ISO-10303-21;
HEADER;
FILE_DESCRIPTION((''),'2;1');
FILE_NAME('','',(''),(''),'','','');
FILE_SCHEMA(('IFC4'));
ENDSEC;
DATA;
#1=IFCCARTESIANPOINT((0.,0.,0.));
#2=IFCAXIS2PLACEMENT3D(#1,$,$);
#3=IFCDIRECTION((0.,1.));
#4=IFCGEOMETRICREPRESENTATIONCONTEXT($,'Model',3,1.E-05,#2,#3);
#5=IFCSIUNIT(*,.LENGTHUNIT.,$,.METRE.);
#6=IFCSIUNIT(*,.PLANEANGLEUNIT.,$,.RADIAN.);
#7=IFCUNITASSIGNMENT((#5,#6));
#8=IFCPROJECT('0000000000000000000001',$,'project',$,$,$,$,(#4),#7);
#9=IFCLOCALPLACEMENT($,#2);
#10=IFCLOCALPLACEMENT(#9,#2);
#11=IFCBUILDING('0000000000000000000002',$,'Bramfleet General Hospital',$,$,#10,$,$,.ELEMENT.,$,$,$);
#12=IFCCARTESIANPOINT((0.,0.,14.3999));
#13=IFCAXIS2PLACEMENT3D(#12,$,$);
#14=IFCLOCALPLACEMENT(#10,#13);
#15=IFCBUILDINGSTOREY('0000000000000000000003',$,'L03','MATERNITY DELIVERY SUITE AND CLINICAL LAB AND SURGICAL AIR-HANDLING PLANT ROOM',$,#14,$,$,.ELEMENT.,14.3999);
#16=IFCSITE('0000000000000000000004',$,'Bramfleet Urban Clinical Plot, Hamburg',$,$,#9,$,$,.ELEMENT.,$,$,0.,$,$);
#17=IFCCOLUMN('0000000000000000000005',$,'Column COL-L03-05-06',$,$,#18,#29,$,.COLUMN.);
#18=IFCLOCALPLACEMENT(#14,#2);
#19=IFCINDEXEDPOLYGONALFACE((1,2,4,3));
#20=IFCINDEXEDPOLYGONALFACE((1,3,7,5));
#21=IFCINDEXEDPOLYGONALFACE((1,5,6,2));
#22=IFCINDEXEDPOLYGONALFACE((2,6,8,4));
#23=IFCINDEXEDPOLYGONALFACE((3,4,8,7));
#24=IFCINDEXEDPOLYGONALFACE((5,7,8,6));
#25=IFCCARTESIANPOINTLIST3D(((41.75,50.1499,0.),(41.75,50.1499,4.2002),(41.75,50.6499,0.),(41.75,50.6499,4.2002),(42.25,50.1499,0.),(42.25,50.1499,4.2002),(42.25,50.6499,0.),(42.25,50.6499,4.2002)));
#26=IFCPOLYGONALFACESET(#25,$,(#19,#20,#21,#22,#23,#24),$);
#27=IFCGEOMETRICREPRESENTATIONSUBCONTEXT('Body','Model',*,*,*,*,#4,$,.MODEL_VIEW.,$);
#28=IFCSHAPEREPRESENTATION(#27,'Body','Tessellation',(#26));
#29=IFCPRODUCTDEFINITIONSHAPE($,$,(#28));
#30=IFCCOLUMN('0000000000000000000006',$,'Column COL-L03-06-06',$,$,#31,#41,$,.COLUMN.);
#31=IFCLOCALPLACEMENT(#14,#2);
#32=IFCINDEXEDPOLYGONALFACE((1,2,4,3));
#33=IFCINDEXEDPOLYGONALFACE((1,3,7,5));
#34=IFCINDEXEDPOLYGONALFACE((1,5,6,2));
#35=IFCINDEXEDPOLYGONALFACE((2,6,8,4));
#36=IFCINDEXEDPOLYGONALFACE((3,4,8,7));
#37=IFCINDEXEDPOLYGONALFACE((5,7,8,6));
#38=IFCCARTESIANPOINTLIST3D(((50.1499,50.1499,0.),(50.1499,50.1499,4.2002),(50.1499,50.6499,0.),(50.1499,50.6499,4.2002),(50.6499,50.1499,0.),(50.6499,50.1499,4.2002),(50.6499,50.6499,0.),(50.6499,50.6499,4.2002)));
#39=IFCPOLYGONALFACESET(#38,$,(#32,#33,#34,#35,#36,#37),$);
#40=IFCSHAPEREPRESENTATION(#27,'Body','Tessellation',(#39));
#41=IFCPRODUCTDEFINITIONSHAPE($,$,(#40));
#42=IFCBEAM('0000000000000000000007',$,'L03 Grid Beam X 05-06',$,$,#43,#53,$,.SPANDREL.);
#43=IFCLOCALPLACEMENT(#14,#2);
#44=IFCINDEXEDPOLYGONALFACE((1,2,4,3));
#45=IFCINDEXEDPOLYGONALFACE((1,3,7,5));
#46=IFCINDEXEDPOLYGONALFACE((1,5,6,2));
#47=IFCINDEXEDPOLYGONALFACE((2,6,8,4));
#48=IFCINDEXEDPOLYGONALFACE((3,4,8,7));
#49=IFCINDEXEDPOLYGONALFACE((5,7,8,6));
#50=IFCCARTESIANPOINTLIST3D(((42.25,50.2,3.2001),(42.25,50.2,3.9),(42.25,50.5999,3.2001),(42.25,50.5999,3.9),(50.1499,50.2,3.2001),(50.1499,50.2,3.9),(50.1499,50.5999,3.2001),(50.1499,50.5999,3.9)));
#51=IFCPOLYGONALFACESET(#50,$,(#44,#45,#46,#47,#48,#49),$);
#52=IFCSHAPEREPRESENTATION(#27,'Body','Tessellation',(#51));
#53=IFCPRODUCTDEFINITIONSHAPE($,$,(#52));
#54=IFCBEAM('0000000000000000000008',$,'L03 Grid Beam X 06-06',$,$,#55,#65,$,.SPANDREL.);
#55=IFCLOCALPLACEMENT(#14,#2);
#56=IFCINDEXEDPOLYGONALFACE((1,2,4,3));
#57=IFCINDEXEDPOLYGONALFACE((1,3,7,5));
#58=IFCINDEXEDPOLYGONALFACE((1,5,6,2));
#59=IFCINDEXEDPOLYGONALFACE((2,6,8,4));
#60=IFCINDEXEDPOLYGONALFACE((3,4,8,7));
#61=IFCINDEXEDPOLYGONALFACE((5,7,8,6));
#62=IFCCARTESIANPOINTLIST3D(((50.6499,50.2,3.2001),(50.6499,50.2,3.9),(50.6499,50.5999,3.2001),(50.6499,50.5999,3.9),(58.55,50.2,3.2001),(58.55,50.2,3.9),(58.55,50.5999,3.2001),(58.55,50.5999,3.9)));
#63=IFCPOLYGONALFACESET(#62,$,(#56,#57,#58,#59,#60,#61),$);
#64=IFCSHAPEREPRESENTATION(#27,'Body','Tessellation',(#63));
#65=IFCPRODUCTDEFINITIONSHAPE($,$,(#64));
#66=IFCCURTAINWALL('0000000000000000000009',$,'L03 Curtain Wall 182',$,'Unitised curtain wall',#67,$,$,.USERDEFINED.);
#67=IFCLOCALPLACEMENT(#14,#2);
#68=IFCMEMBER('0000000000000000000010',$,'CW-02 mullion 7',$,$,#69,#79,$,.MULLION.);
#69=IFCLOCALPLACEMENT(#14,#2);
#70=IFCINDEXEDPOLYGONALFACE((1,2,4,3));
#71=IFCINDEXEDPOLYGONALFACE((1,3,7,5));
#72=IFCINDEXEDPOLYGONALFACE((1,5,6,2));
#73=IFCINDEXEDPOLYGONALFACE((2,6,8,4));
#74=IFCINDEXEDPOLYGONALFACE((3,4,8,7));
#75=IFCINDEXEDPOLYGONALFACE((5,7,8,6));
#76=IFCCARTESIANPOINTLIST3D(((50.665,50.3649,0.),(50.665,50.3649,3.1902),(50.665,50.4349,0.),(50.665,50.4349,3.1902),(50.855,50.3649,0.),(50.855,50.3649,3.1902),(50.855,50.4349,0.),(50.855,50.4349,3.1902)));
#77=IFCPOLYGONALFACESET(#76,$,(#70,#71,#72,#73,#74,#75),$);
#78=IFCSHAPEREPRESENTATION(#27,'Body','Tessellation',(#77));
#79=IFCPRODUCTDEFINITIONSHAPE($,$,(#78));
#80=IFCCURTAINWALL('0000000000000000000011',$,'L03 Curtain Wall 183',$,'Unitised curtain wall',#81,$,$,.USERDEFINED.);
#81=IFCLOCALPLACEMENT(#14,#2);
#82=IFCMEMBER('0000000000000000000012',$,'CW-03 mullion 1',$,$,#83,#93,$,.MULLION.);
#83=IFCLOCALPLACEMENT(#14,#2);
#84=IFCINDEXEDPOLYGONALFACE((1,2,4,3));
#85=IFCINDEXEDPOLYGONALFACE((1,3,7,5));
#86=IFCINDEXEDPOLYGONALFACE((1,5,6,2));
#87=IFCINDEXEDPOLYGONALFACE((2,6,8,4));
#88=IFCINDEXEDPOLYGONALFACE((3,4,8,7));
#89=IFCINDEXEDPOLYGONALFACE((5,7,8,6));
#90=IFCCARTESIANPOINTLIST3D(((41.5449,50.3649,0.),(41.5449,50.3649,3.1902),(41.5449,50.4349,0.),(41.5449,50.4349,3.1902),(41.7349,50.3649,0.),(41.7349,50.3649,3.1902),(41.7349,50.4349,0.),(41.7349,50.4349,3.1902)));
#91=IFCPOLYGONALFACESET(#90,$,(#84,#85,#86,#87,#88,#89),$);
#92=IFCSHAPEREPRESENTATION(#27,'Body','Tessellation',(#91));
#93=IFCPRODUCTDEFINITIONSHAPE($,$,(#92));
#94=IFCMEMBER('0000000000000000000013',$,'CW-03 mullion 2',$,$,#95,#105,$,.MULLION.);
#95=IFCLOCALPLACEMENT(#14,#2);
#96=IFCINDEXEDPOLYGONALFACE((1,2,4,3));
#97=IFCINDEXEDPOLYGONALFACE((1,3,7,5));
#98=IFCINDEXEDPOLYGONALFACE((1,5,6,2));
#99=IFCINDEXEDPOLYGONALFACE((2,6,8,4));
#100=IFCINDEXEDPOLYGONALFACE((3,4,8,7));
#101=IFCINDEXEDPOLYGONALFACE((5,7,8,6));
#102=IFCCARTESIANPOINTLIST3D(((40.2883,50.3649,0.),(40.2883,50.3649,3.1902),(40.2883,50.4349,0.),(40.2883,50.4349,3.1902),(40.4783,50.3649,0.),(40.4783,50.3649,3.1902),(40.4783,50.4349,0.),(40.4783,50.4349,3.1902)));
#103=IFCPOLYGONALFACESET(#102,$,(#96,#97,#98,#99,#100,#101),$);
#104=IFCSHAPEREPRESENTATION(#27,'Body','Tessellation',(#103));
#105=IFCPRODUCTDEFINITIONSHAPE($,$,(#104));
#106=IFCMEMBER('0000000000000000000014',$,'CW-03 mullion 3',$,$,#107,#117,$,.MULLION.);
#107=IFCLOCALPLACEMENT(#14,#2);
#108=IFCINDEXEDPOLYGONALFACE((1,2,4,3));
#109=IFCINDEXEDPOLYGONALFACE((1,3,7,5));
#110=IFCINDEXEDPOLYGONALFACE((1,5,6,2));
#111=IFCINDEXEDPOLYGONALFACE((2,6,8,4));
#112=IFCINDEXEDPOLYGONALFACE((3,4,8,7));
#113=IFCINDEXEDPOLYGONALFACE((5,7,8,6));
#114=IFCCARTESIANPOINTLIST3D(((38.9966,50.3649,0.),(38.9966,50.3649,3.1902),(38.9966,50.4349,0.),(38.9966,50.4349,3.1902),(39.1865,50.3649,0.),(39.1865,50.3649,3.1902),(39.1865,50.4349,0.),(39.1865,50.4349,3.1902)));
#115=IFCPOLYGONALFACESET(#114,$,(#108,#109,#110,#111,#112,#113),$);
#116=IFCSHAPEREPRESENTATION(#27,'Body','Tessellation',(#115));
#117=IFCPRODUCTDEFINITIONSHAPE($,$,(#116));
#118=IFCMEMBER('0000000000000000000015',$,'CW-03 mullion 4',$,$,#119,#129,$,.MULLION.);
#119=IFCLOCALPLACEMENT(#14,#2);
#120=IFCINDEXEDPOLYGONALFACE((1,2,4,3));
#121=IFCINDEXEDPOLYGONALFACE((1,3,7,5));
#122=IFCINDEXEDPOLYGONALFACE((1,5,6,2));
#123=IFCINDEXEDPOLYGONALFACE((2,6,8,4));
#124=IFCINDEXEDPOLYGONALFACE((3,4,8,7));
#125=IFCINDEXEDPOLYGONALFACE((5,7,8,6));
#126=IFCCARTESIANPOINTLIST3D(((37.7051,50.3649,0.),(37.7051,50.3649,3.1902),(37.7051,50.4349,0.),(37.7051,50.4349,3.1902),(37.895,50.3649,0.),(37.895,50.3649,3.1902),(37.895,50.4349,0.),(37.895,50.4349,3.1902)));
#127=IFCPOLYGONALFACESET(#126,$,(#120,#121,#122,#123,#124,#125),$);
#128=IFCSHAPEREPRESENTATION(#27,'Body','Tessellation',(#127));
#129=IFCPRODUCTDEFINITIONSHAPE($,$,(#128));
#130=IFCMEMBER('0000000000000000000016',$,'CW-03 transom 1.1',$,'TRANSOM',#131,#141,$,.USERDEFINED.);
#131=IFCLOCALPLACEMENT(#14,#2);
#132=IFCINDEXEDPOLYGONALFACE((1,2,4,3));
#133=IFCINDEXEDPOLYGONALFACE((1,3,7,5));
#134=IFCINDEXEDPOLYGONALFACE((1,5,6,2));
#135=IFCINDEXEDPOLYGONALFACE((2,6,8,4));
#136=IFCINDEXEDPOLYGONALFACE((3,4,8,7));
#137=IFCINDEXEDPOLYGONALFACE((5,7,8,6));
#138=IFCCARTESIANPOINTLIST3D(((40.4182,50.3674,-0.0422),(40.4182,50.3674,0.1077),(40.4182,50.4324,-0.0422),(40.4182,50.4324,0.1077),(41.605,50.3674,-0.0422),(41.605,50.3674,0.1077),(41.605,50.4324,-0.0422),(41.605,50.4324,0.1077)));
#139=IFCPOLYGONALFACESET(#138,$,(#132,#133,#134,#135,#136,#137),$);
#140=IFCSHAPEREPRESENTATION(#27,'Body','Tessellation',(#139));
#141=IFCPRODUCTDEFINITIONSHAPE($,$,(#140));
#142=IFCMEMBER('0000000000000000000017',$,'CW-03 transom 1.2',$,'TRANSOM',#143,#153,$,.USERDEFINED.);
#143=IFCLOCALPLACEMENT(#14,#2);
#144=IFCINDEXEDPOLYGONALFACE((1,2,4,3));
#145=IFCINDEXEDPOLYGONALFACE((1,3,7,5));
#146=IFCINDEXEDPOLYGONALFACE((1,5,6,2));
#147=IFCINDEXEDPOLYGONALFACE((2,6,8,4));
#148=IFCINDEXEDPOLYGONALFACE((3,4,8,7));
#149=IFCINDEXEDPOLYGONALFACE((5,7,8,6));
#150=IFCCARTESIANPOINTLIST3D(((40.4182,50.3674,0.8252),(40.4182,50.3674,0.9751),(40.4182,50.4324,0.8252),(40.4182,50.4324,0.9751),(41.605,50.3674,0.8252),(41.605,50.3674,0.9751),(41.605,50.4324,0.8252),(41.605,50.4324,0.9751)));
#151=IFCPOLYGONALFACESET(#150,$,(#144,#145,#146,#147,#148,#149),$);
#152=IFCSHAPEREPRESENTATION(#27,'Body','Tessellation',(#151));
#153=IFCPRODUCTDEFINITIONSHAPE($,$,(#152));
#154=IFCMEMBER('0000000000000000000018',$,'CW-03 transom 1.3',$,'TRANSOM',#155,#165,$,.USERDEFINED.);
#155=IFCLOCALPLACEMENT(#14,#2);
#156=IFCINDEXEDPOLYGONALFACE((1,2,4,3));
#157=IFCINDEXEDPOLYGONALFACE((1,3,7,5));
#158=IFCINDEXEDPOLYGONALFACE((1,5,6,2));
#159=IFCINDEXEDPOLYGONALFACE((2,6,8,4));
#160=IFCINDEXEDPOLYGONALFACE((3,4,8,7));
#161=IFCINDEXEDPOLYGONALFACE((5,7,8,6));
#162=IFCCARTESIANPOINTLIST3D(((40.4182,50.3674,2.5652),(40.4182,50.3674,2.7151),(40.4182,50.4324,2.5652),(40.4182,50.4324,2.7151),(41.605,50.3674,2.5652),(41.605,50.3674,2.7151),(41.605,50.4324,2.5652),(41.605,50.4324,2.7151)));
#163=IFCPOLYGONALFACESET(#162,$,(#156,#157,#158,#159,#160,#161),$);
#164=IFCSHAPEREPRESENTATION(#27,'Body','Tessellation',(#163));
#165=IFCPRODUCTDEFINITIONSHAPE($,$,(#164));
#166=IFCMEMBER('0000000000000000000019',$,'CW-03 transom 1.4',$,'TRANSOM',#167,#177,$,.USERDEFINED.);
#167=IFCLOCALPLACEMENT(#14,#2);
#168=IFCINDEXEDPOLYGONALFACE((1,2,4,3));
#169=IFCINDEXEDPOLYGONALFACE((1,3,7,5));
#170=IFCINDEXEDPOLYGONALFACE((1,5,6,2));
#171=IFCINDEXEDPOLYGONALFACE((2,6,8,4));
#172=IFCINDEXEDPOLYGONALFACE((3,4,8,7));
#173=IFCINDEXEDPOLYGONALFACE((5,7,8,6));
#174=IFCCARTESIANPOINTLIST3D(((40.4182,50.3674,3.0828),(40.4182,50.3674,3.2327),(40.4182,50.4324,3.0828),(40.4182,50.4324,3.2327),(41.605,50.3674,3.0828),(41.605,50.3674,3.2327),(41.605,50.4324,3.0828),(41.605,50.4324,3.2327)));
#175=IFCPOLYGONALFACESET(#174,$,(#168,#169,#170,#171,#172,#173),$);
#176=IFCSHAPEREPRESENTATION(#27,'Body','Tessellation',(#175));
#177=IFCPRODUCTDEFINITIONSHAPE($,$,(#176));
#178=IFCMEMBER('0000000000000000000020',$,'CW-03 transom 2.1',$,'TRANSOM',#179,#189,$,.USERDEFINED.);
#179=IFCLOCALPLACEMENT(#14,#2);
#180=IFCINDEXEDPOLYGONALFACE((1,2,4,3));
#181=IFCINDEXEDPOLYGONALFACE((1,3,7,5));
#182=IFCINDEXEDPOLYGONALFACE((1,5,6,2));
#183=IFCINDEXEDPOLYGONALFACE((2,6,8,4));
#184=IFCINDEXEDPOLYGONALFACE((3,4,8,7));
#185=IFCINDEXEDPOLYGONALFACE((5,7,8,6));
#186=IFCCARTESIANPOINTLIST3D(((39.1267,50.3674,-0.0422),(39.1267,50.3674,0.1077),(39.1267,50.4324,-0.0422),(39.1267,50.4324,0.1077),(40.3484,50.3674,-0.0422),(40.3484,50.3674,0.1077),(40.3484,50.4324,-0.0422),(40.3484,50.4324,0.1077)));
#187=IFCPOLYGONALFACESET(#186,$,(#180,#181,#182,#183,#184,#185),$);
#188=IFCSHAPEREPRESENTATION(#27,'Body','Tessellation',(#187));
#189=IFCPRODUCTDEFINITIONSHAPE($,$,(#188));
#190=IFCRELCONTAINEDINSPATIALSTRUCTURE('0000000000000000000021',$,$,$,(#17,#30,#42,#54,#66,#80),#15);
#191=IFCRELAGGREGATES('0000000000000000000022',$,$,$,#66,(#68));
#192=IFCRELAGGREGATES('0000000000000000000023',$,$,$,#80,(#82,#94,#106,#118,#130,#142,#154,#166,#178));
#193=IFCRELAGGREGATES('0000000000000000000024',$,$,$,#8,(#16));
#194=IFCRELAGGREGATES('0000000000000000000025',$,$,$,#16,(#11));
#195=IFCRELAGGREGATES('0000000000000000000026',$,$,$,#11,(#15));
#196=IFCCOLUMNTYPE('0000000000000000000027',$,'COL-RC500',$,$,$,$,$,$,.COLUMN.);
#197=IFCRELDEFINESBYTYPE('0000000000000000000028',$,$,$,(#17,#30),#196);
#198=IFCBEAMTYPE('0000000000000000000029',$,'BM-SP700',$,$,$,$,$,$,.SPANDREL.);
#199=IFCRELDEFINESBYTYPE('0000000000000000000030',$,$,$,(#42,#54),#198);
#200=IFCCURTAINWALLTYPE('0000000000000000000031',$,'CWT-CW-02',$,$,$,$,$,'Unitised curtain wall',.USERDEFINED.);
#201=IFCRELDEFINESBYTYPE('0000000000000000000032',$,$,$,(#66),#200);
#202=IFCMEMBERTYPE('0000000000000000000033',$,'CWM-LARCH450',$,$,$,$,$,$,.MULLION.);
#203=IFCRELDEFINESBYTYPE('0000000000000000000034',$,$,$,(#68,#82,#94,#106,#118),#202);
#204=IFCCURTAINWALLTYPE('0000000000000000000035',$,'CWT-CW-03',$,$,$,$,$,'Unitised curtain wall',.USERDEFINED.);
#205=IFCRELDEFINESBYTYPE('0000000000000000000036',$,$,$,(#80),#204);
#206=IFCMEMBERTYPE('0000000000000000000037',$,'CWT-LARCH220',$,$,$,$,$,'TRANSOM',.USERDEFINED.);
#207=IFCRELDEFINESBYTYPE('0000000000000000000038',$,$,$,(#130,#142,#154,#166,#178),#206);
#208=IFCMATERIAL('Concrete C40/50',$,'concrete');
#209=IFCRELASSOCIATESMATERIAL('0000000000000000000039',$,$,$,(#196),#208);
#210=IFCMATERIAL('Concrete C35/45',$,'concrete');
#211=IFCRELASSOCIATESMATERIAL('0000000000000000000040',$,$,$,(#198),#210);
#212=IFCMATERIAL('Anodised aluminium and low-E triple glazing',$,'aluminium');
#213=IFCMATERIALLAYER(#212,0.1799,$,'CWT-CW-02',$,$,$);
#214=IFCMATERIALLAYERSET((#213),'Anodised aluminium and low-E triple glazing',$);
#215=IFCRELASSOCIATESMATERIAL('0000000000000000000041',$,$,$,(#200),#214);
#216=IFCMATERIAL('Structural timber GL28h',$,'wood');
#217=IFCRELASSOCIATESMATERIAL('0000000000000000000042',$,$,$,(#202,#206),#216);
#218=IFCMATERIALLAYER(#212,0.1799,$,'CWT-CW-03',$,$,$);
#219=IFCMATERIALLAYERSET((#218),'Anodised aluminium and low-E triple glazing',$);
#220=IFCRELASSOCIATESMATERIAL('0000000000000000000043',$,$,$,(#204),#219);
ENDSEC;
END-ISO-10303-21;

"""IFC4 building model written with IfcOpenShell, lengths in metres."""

from ifc_helpers import new_model, si_unit, direction, frame, origin, origin_2d, place, context, subcontext, project, spatial, rectangle, extrude, material, layer, layer_set, material_profile, profile_set, type_object, element, aggregate, save


model = new_model("IFC4")

# Units and contexts
model_context = context("Model", 3, precision=1e-05, world=origin(), true_north=direction((0.0, 1.0)))
body_context = subcontext(model_context, "Body", "Model", "MODEL_VIEW")
ifc_project = project(units=[si_unit("LENGTHUNIT", "METRE"), si_unit("PLANEANGLEUNIT", "RADIAN")], contexts=[model_context])

# Site, building, storey
site_placement = place(None, origin())
site = spatial("IfcSite", under=ifc_project, at=site_placement, Name="Bramfleet Urban Clinical Plot, Hamburg", CompositionType="ELEMENT", RefElevation=0.0)
building_placement = place(site_placement, origin())
building = spatial("IfcBuilding", under=site, at=building_placement, Name="Bramfleet General Hospital", CompositionType="ELEMENT")
storey_placement = place(building_placement, frame((0.0, 0.0, 14.3999)))
storey = spatial("IfcBuildingStorey", under=building, at=storey_placement, Name="L03", Description="MATERNITY DELIVERY SUITE AND CLINICAL LAB AND SURGICAL AIR-HANDLING PLANT ROOM", CompositionType="ELEMENT", Elevation=14.3999)

# Columns
ifc_material_1 = material(Name="Concrete C40/50", Category="concrete")
ifc_material_profile_1 = material_profile(ifc_material_1, rectangle(XDim=0.5, YDim=0.5, at=origin_2d()), Name="RC COL 500x500")
ifc_profile_set_1 = profile_set([ifc_material_profile_1], Name="Concrete C40/50")
column_type = type_object("IfcColumnType", Name="COL-RC500", PredefinedType="COLUMN", material=ifc_profile_set_1)
for number, where, z_axis, x_axis, name in (
    (1, (42.0, 50.3999, 0.0), (0.0, 0.0, 1.0), (1.0, 0.0, 0.0), "Column COL-L03-05-06"),
    (2, (50.3999, 50.3999, 0.0), (0.0, 0.0, 1.0), (1.0, 0.0, 0.0), "Column COL-L03-06-06"),
):
    element("IfcColumn", number, at=place(storey_placement, frame(where, z_axis=z_axis, x_axis=x_axis)), inside=storey, type_object=column_type, Name=name, PredefinedType="COLUMN", context=body_context, shape_type="SweptSolid", body=[
        extrude(rectangle(XDim=0.5, YDim=0.5, at=origin_2d()), origin(), (0.0, 0.0, 1.0), 4.2002),
    ])

# Beams
ifc_material_2 = material(Name="Concrete C35/45", Category="concrete")
ifc_material_profile_2 = material_profile(ifc_material_2, rectangle(XDim=0.3999, YDim=0.7, at=origin_2d()), Name="RC SP 700x400")
ifc_profile_set_2 = profile_set([ifc_material_profile_2], Name="Concrete C35/45")
beam_type = type_object("IfcBeamType", Name="BM-SP700", PredefinedType="SPANDREL", material=ifc_profile_set_2)
beam_1_placement = place(storey_placement, frame((42.25, 50.3999, 3.55), z_axis=(1.0, 0.0, 0.0), x_axis=(0.0, 1.0, 0.0)))
element("IfcBeam", 3, at=beam_1_placement, inside=storey, type_object=beam_type, Name="L03 Grid Beam X 05-06", PredefinedType="SPANDREL", context=body_context, shape_type="SweptSolid", body=[
    extrude(rectangle(XDim=0.3999, YDim=0.7, at=origin_2d()), origin(), (0.0, 0.0, 1.0), 7.8999),
])
beam_2_placement = place(storey_placement, frame((50.6499, 50.3999, 3.55), z_axis=(1.0, 0.0, 0.0), x_axis=(0.0, 1.0, 0.0)))
element("IfcBeam", 4, at=beam_2_placement, inside=storey, type_object=beam_type, Name="L03 Grid Beam X 06-06", PredefinedType="SPANDREL", context=body_context, shape_type="SweptSolid", body=[
    extrude(rectangle(XDim=0.3999, YDim=0.7, at=origin_2d()), origin(), (0.0, 0.0, 1.0), 7.9001),
])

# Curtain wall, member
ifc_material_3 = material(Name="Anodised aluminium and low-E triple glazing", Category="aluminium")
ifc_layer_1 = layer(ifc_material_3, 0.1799, Name="CWT-CW-02")
ifc_layer_set_1 = layer_set([ifc_layer_1], Name="Anodised aluminium and low-E triple glazing")
curtain_wall_type_1 = type_object("IfcCurtainWallType", Name="CWT-CW-02", ElementType="Unitised curtain wall", PredefinedType="USERDEFINED", material=ifc_layer_set_1)
curtain_wall_1_placement = place(storey_placement, origin())
curtain_wall_1 = element("IfcCurtainWall", 5, at=curtain_wall_1_placement, inside=storey, type_object=curtain_wall_type_1, Name="L03 Curtain Wall 182", ObjectType="Unitised curtain wall", PredefinedType="USERDEFINED")
ifc_material_4 = material(Name="Structural timber GL28h", Category="wood")
ifc_material_profile_3 = material_profile(ifc_material_4, rectangle(XDim=0.0701, YDim=0.1899, at=origin_2d()), Name="LARCH 190x70")
ifc_profile_set_3 = profile_set([ifc_material_profile_3], Name="Structural timber GL28h")
member_type_1 = type_object("IfcMemberType", Name="CWM-LARCH450", PredefinedType="MULLION", material=ifc_profile_set_3)
member_1_placement = place(storey_placement, frame((50.76, 50.3999, 0.0), z_axis=(0.0, 0.0, 1.0), x_axis=(0.0, -1.0, 0.0)))
member_1 = element("IfcMember", 6, at=member_1_placement, type_object=member_type_1, Name="CW-02 mullion 7", PredefinedType="MULLION", context=body_context, shape_type="SweptSolid", body=[
    extrude(rectangle(XDim=0.0701, YDim=0.1899, at=origin_2d()), origin(), (0.0, 0.0, 1.0), 3.1902),
])

# Curtain wall, members
ifc_layer_2 = layer(ifc_material_3, 0.1799, Name="CWT-CW-03")
ifc_layer_set_2 = layer_set([ifc_layer_2], Name="Anodised aluminium and low-E triple glazing")
curtain_wall_type_2 = type_object("IfcCurtainWallType", Name="CWT-CW-03", ElementType="Unitised curtain wall", PredefinedType="USERDEFINED", material=ifc_layer_set_2)
curtain_wall_2_placement = place(storey_placement, origin())
curtain_wall_2 = element("IfcCurtainWall", 7, at=curtain_wall_2_placement, inside=storey, type_object=curtain_wall_type_2, Name="L03 Curtain Wall 183", ObjectType="Unitised curtain wall", PredefinedType="USERDEFINED")
member_2_placement = place(storey_placement, frame((41.6399, 50.3999, 0.0), z_axis=(0.0, 0.0, 1.0), x_axis=(0.0, -1.0, 0.0)))
member_2 = element("IfcMember", 8, at=member_2_placement, type_object=member_type_1, Name="CW-03 mullion 1", PredefinedType="MULLION", context=body_context, shape_type="SweptSolid", body=[
    extrude(rectangle(XDim=0.0701, YDim=0.1899, at=origin_2d()), origin(), (0.0, 0.0, 1.0), 3.1902),
])
member_3_placement = place(storey_placement, frame((40.3833, 50.3999, 0.0), z_axis=(0.0, 0.0, 1.0), x_axis=(0.0, -1.0, 0.0)))
member_3 = element("IfcMember", 9, at=member_3_placement, type_object=member_type_1, Name="CW-03 mullion 2", PredefinedType="MULLION", context=body_context, shape_type="SweptSolid", body=[
    extrude(rectangle(XDim=0.0701, YDim=0.1899, at=origin_2d()), origin(), (0.0, 0.0, 1.0), 3.1902),
])
member_4_placement = place(storey_placement, frame((39.0916, 50.3999, 0.0), z_axis=(0.0, 0.0, 1.0), x_axis=(0.0, -1.0, 0.0)))
member_4 = element("IfcMember", 10, at=member_4_placement, type_object=member_type_1, Name="CW-03 mullion 3", PredefinedType="MULLION", context=body_context, shape_type="SweptSolid", body=[
    extrude(rectangle(XDim=0.0701, YDim=0.1899, at=origin_2d()), origin(), (0.0, 0.0, 1.0), 3.1902),
])
member_5_placement = place(storey_placement, frame((37.8, 50.3999, 0.0), z_axis=(0.0, 0.0, 1.0), x_axis=(0.0, -1.0, 0.0)))
member_5 = element("IfcMember", 11, at=member_5_placement, type_object=member_type_1, Name="CW-03 mullion 4", PredefinedType="MULLION", context=body_context, shape_type="SweptSolid", body=[
    extrude(rectangle(XDim=0.0701, YDim=0.1899, at=origin_2d()), origin(), (0.0, 0.0, 1.0), 3.1902),
])
ifc_material_profile_4 = material_profile(ifc_material_4, rectangle(XDim=0.0649, YDim=0.1499, at=origin_2d()), Name="LARCH 150x65")
ifc_profile_set_4 = profile_set([ifc_material_profile_4], Name="Structural timber GL28h")
member_type_2 = type_object("IfcMemberType", Name="CWT-LARCH220", ElementType="TRANSOM", PredefinedType="USERDEFINED", material=ifc_profile_set_4)
member_6_placement = place(storey_placement, frame((41.605, 50.3999, 0.0327), z_axis=(-1.0, 0.0, 0.0), x_axis=(0.0, -1.0, 0.0)))
member_6 = element("IfcMember", 12, at=member_6_placement, type_object=member_type_2, Name="CW-03 transom 1.1", ObjectType="TRANSOM", PredefinedType="USERDEFINED", context=body_context, shape_type="SweptSolid", body=[
    extrude(rectangle(XDim=0.0649, YDim=0.1499, at=origin_2d()), origin(), (0.0, 0.0, 1.0), 1.1868),
])
member_7_placement = place(storey_placement, frame((41.605, 50.3999, 0.9001), z_axis=(-1.0, 0.0, 0.0), x_axis=(0.0, -1.0, 0.0)))
member_7 = element("IfcMember", 13, at=member_7_placement, type_object=member_type_2, Name="CW-03 transom 1.2", ObjectType="TRANSOM", PredefinedType="USERDEFINED", context=body_context, shape_type="SweptSolid", body=[
    extrude(rectangle(XDim=0.0649, YDim=0.1499, at=origin_2d()), origin(), (0.0, 0.0, 1.0), 1.1868),
])
member_8_placement = place(storey_placement, frame((41.605, 50.3999, 2.6401), z_axis=(-1.0, 0.0, 0.0), x_axis=(0.0, -1.0, 0.0)))
member_8 = element("IfcMember", 14, at=member_8_placement, type_object=member_type_2, Name="CW-03 transom 1.3", ObjectType="TRANSOM", PredefinedType="USERDEFINED", context=body_context, shape_type="SweptSolid", body=[
    extrude(rectangle(XDim=0.0649, YDim=0.1499, at=origin_2d()), origin(), (0.0, 0.0, 1.0), 1.1868),
])
member_9_placement = place(storey_placement, frame((41.605, 50.3999, 3.1577), z_axis=(-1.0, 0.0, 0.0), x_axis=(0.0, -1.0, 0.0)))
member_9 = element("IfcMember", 15, at=member_9_placement, type_object=member_type_2, Name="CW-03 transom 1.4", ObjectType="TRANSOM", PredefinedType="USERDEFINED", context=body_context, shape_type="SweptSolid", body=[
    extrude(rectangle(XDim=0.0649, YDim=0.1499, at=origin_2d()), origin(), (0.0, 0.0, 1.0), 1.1868),
])
member_10_placement = place(storey_placement, frame((40.3484, 50.3999, 0.0327), z_axis=(-1.0, 0.0, 0.0), x_axis=(0.0, -1.0, 0.0)))
member_10 = element("IfcMember", 16, at=member_10_placement, type_object=member_type_2, Name="CW-03 transom 2.1", ObjectType="TRANSOM", PredefinedType="USERDEFINED", context=body_context, shape_type="SweptSolid", body=[
    extrude(rectangle(XDim=0.0649, YDim=0.1499, at=origin_2d()), origin(), (0.0, 0.0, 1.0), 1.2217),
])

aggregate(curtain_wall_1, [member_1])
aggregate(curtain_wall_2, [member_2, member_3, member_4, member_5, member_6, member_7, member_8, member_9, member_10])

save(model, "model.ifc")
